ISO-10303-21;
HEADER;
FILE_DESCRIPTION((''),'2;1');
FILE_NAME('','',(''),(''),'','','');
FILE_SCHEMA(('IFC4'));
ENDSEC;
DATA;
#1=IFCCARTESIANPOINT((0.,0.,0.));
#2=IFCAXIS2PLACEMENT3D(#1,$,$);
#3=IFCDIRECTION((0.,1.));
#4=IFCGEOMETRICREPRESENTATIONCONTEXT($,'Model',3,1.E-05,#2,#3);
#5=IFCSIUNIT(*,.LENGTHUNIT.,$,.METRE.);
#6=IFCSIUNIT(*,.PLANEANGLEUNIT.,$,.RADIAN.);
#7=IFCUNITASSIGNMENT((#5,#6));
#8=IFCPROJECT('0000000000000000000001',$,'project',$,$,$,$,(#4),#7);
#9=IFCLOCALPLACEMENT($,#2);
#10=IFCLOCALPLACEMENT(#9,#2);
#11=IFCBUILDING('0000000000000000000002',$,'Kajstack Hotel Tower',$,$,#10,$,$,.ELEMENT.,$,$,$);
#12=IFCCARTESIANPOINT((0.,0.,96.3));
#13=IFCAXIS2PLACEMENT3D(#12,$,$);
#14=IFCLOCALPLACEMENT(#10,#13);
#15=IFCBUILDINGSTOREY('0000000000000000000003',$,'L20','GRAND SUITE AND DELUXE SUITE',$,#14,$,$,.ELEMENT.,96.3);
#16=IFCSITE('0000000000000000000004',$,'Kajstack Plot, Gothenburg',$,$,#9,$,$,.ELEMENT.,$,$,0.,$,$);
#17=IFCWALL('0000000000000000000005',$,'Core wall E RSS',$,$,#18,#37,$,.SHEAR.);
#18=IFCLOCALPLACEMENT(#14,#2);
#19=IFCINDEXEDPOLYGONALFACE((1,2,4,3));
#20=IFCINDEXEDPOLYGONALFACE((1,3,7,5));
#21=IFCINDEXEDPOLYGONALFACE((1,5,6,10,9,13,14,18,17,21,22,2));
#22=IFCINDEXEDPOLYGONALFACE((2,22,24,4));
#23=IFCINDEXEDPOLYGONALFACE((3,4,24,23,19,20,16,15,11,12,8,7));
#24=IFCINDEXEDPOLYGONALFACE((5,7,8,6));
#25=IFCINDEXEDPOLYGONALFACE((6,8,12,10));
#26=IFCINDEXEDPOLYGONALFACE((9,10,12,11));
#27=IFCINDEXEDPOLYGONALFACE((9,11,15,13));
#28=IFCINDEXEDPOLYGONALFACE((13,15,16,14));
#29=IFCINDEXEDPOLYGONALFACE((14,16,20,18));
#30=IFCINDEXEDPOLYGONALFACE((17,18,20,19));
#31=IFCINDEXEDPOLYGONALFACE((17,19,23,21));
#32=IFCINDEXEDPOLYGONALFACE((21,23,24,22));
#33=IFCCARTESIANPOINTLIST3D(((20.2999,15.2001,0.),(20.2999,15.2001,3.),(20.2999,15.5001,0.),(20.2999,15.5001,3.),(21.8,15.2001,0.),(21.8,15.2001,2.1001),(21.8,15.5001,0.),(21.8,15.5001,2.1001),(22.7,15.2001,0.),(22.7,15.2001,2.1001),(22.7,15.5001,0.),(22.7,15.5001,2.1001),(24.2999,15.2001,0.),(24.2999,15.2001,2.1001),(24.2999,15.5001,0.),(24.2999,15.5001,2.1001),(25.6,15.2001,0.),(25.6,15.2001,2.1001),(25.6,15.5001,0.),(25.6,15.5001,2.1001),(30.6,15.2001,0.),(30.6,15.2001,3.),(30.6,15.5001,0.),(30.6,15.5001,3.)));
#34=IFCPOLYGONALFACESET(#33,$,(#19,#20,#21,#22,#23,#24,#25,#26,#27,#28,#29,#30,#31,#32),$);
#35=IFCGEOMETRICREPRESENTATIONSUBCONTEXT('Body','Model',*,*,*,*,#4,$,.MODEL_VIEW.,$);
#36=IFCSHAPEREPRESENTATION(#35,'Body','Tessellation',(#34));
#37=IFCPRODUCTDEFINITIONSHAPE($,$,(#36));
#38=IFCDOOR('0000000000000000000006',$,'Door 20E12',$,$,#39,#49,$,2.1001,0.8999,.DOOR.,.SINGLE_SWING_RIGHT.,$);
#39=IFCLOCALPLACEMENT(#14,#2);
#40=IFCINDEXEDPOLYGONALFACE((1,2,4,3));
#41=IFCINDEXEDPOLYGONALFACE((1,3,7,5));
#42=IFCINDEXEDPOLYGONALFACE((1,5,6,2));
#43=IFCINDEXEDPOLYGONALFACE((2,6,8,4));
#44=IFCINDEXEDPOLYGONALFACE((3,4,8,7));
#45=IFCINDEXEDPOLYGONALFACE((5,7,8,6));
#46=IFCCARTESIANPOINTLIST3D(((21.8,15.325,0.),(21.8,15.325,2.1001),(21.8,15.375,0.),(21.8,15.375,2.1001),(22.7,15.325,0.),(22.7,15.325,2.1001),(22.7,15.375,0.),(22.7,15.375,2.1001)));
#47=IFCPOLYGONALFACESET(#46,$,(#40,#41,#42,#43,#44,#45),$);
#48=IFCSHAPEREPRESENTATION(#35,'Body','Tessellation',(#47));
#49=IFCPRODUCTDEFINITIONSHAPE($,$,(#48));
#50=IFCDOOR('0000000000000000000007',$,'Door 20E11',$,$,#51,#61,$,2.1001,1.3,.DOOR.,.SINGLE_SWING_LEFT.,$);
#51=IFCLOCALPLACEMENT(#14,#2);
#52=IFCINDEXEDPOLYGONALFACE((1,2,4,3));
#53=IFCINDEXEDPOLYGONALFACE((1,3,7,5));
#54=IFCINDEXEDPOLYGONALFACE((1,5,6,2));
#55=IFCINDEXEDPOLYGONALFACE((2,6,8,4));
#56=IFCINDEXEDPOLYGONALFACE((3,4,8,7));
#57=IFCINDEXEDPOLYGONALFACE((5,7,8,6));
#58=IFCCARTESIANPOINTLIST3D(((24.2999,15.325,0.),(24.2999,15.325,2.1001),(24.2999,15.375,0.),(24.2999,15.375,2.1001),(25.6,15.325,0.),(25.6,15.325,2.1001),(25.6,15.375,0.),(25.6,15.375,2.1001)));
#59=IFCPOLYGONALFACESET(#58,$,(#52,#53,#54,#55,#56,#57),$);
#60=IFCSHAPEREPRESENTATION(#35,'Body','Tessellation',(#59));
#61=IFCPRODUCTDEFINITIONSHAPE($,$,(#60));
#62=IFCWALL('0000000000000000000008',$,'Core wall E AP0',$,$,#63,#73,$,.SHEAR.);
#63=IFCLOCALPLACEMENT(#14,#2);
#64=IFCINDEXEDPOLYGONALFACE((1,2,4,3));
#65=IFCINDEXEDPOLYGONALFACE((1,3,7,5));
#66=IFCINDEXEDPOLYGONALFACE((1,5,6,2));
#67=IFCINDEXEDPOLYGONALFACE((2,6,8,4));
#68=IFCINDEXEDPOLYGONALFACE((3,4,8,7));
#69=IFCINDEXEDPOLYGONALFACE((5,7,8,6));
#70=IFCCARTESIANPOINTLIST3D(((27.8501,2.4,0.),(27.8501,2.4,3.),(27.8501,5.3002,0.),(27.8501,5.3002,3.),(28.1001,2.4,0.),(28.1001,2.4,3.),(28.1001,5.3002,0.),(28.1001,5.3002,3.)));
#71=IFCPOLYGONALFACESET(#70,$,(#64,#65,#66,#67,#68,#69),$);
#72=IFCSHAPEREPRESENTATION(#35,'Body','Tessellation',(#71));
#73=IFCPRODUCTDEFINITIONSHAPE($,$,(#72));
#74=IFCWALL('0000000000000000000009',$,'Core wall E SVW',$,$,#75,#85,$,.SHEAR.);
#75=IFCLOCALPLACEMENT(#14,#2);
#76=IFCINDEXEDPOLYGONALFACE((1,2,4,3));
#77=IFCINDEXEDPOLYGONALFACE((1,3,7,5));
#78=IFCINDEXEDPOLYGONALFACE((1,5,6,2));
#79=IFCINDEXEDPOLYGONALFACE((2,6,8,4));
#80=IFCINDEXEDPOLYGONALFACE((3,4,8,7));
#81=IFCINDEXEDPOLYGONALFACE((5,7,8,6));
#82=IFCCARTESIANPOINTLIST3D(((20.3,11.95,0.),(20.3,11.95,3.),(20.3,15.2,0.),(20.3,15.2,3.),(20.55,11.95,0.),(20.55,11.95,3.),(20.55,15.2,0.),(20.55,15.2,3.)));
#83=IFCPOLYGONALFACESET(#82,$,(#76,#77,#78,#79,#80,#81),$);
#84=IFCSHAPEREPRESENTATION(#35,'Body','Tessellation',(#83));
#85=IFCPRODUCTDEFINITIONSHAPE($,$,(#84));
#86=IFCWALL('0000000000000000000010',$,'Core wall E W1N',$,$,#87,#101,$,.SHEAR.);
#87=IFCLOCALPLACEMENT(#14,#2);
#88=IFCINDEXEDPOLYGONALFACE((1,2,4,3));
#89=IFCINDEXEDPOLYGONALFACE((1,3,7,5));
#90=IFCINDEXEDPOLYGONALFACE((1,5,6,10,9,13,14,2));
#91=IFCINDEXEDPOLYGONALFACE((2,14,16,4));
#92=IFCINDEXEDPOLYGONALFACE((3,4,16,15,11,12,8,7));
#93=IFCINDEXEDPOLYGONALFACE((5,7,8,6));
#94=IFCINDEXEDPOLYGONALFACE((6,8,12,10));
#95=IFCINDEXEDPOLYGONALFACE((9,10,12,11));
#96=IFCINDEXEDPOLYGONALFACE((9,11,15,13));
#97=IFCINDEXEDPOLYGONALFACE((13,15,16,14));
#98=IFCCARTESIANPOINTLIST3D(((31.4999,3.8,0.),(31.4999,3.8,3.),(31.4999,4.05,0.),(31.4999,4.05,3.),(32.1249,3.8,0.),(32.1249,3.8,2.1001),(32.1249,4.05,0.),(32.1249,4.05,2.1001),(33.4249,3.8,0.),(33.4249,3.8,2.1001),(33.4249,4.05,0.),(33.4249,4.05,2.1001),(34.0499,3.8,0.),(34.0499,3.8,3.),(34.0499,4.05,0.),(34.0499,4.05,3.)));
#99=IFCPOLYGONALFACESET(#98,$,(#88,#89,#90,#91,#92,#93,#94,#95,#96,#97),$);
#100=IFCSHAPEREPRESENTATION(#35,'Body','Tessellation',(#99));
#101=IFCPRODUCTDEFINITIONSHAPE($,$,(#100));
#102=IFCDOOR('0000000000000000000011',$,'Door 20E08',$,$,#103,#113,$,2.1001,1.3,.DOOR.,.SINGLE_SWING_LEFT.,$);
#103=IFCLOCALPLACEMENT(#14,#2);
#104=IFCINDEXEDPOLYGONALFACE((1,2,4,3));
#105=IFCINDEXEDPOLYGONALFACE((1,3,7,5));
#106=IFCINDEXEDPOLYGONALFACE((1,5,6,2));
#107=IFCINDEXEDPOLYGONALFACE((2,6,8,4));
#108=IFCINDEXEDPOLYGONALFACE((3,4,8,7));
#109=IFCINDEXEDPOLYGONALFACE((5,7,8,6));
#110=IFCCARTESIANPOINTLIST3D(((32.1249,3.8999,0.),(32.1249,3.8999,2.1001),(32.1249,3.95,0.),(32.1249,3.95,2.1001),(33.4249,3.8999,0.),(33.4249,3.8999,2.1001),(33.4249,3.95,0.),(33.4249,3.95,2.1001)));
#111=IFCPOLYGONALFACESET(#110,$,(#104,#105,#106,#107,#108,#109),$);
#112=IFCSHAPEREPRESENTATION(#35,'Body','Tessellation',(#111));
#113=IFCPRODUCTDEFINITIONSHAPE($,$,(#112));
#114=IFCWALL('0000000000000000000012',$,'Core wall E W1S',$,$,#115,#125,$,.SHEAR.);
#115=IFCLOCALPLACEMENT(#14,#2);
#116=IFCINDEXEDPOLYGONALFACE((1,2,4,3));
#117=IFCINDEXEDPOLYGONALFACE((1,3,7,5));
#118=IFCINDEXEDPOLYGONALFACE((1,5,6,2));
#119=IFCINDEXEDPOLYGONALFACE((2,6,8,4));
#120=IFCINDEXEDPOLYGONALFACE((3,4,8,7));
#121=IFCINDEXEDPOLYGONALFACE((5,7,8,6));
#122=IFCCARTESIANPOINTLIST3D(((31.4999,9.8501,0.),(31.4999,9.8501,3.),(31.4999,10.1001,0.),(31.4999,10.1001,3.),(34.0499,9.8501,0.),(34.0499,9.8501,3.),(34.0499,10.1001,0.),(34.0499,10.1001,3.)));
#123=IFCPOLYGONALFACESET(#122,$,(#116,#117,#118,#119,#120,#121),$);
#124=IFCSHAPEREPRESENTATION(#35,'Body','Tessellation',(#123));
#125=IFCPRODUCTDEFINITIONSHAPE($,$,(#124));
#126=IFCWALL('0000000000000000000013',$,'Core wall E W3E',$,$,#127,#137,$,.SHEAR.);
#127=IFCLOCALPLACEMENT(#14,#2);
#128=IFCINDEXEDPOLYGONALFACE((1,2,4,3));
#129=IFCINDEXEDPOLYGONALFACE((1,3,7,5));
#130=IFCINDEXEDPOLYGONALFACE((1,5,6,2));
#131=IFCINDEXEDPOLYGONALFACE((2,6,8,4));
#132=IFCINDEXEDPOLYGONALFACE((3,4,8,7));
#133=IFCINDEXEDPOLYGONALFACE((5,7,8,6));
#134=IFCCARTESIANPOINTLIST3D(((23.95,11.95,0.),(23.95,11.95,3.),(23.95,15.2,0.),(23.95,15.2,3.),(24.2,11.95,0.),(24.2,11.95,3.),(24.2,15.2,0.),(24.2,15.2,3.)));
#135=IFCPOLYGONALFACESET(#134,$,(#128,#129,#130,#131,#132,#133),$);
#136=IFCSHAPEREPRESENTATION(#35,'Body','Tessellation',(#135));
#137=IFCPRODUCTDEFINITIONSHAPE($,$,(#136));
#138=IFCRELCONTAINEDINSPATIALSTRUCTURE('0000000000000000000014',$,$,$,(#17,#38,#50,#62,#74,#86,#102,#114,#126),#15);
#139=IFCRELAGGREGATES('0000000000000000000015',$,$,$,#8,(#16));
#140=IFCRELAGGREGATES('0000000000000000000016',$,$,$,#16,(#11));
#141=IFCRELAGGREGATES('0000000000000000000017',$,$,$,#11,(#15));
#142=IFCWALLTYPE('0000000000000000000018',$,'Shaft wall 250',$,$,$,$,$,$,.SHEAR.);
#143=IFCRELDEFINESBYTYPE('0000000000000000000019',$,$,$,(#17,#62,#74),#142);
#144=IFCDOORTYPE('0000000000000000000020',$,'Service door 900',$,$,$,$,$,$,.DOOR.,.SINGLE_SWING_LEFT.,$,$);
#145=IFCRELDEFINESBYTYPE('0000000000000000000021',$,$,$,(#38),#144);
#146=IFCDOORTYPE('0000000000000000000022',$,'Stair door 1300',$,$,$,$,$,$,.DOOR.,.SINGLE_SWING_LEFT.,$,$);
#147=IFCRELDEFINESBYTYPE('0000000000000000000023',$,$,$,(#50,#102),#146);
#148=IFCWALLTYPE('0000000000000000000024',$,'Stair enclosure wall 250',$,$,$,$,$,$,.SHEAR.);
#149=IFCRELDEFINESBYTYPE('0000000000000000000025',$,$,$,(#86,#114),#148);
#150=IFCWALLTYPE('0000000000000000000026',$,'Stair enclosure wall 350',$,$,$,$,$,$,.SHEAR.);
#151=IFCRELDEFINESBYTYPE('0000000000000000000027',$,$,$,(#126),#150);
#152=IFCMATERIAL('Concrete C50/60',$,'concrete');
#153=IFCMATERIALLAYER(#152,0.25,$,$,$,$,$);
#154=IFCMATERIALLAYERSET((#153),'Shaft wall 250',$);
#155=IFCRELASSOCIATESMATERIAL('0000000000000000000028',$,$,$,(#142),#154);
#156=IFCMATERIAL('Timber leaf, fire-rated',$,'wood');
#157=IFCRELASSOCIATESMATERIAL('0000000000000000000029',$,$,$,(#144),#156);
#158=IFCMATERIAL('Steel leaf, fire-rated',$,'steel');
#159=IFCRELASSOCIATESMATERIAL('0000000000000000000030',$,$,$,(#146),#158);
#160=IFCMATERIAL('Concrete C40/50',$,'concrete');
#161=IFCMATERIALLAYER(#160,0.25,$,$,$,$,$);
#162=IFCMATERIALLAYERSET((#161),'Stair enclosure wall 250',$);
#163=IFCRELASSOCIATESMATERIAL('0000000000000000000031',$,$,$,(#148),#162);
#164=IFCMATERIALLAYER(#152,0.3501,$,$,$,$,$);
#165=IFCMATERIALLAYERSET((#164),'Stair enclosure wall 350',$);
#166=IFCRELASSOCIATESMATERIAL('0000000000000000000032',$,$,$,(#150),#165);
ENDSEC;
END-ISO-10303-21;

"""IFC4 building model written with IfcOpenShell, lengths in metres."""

from ifc_helpers import new_model, si_unit, direction, frame, frame_2d, origin, place, context, subcontext, project, spatial, rectangle, extrude, material, layer, layer_set, type_object, element, fill, save


model = new_model("IFC4")

# Units and contexts
model_context = context("Model", 3, precision=1e-05, world=origin(), true_north=direction((0.0, 1.0)))
body_context = subcontext(model_context, "Body", "Model", "MODEL_VIEW")
ifc_project = project(units=[si_unit("LENGTHUNIT", "METRE"), si_unit("PLANEANGLEUNIT", "RADIAN")], contexts=[model_context])

# Site, building, storey
site_placement = place(None, origin())
site = spatial("IfcSite", under=ifc_project, at=site_placement, Name="Kajstack Plot, Gothenburg", CompositionType="ELEMENT", RefElevation=0.0)
building_placement = place(site_placement, origin())
building = spatial("IfcBuilding", under=site, at=building_placement, Name="Kajstack Hotel Tower", CompositionType="ELEMENT")
storey_placement = place(building_placement, frame((0.0, 0.0, 96.3)))
storey = spatial("IfcBuildingStorey", under=building, at=storey_placement, Name="L20", Description="GRAND SUITE AND DELUXE SUITE", CompositionType="ELEMENT", Elevation=96.3)

# Shared definitions
ifc_material_1 = material(Name="Concrete C40/50", Category="concrete")
ifc_material_2 = material(Name="Concrete C50/60", Category="concrete")

# Wall, openings, doors
ifc_layer_1 = layer(ifc_material_2, 0.25)
ifc_layer_set_1 = layer_set([ifc_layer_1], Name="Shaft wall 250")
wall_type_1 = type_object("IfcWallType", Name="Shaft wall 250", PredefinedType="SHEAR", material=ifc_layer_set_1)
wall_1_placement = place(storey_placement, frame((20.3, 15.3501, 0.0), z_axis=(0.0, 0.0, 1.0), x_axis=(1.0, 0.0, 0.0)))
wall_1 = element("IfcWall", 1, at=wall_1_placement, inside=storey, type_object=wall_type_1, Name="Core wall E RSS", PredefinedType="SHEAR", context=body_context, shape_type="SweptSolid", body=[
    extrude(rectangle(XDim=10.3, YDim=0.3, at=frame_2d((5.1499, 0.0))), origin(), (0.0, 0.0, 1.0), 3.0),
])
opening_1_placement = place(wall_1_placement, frame((4.0, 0.0, 0.0)))
opening_1 = element("IfcOpeningElement", 2, at=opening_1_placement, cuts=wall_1, PredefinedType="OPENING", context=body_context, shape_type="SweptSolid", body=[
    extrude(rectangle(XDim=1.3, YDim=2.1001, at=frame_2d((0.6499, 1.05))), frame((0.0, 0.1599, 0.0), z_axis=(0.0, -1.0, 0.0), x_axis=(1.0, 0.0, 0.0)), (0.0, 0.0, 1.0), 0.3201),
])
opening_2_placement = place(wall_1_placement, frame((1.5, 0.0, 0.0)))
opening_2 = element("IfcOpeningElement", 3, at=opening_2_placement, cuts=wall_1, PredefinedType="OPENING", context=body_context, shape_type="SweptSolid", body=[
    extrude(rectangle(XDim=0.8999, YDim=2.1001, at=frame_2d((0.45, 1.05))), frame((0.0, 0.1599, 0.0), z_axis=(0.0, -1.0, 0.0), x_axis=(1.0, 0.0, 0.0)), (0.0, 0.0, 1.0), 0.3201),
])
ifc_material_3 = material(Name="Timber leaf, fire-rated", Category="wood")
door_type_1 = type_object("IfcDoorType", Name="Service door 900", OperationType="SINGLE_SWING_LEFT", PredefinedType="DOOR", material=ifc_material_3)
door_1_placement = place(opening_2_placement, origin())
door_1 = element("IfcDoor", 4, at=door_1_placement, inside=storey, type_object=door_type_1, Name="Door 20E12", OperationType="SINGLE_SWING_RIGHT", OverallHeight=2.1001, OverallWidth=0.8999, PredefinedType="DOOR", context=body_context, shape_type="SweptSolid", body=[
    extrude(rectangle(XDim=0.8999, YDim=2.1001, at=frame_2d((0.45, 1.05))), frame((0.0, 0.0249, 0.0), z_axis=(0.0, -1.0, 0.0), x_axis=(1.0, 0.0, 0.0)), (0.0, 0.0, 1.0), 0.05),
])
fill(opening_2, door_1)
ifc_material_4 = material(Name="Steel leaf, fire-rated", Category="steel")
door_type_2 = type_object("IfcDoorType", Name="Stair door 1300", OperationType="SINGLE_SWING_LEFT", PredefinedType="DOOR", material=ifc_material_4)
door_2_placement = place(opening_1_placement, origin())
door_2 = element("IfcDoor", 5, at=door_2_placement, inside=storey, type_object=door_type_2, Name="Door 20E11", OperationType="SINGLE_SWING_LEFT", OverallHeight=2.1001, OverallWidth=1.3, PredefinedType="DOOR", context=body_context, shape_type="SweptSolid", body=[
    extrude(rectangle(XDim=1.3, YDim=2.1001, at=frame_2d((0.6499, 1.05))), frame((0.0, 0.0249, 0.0), z_axis=(0.0, -1.0, 0.0), x_axis=(1.0, 0.0, 0.0)), (0.0, 0.0, 1.0), 0.05),
])
fill(opening_1, door_2)

# Walls
wall_2_placement = place(storey_placement, frame((27.9751, 2.3999, 0.0), z_axis=(0.0, 0.0, 1.0), x_axis=(0.0, 1.0, 0.0)))
element("IfcWall", 6, at=wall_2_placement, inside=storey, type_object=wall_type_1, Name="Core wall E AP0", PredefinedType="SHEAR", context=body_context, shape_type="SweptSolid", body=[
    extrude(rectangle(XDim=2.9001, YDim=0.25, at=frame_2d((1.4502, 0.0))), origin(), (0.0, 0.0, 1.0), 3.0),
])
wall_3_placement = place(storey_placement, frame((20.425, 11.95, 0.0), z_axis=(0.0, 0.0, 1.0), x_axis=(0.0, 1.0, 0.0)))
element("IfcWall", 7, at=wall_3_placement, inside=storey, type_object=wall_type_1, Name="Core wall E SVW", PredefinedType="SHEAR", context=body_context, shape_type="SweptSolid", body=[
    extrude(rectangle(XDim=3.25, YDim=0.25, at=frame_2d((1.625, 0.0))), origin(), (0.0, 0.0, 1.0), 3.0),
])

# Wall, opening, door
ifc_layer_2 = layer(ifc_material_1, 0.25)
ifc_layer_set_2 = layer_set([ifc_layer_2], Name="Stair enclosure wall 250")
wall_type_2 = type_object("IfcWallType", Name="Stair enclosure wall 250", PredefinedType="SHEAR", material=ifc_layer_set_2)
wall_4_placement = place(storey_placement, frame((31.5, 3.925, 0.0), z_axis=(0.0, 0.0, 1.0), x_axis=(1.0, 0.0, 0.0)))
wall_4 = element("IfcWall", 8, at=wall_4_placement, inside=storey, type_object=wall_type_2, Name="Core wall E W1N", PredefinedType="SHEAR", context=body_context, shape_type="SweptSolid", body=[
    extrude(rectangle(XDim=2.55, YDim=0.25, at=frame_2d((1.2749, 0.0))), origin(), (0.0, 0.0, 1.0), 3.0),
])
opening_3_placement = place(wall_4_placement, frame((0.625, 0.0, 0.0)))
opening_3 = element("IfcOpeningElement", 9, at=opening_3_placement, cuts=wall_4, PredefinedType="OPENING", context=body_context, shape_type="SweptSolid", body=[
    extrude(rectangle(XDim=1.3, YDim=2.1001, at=frame_2d((0.6499, 1.05))), frame((0.0, 0.135, 0.0), z_axis=(0.0, -1.0, 0.0), x_axis=(1.0, 0.0, 0.0)), (0.0, 0.0, 1.0), 0.27),
])
door_3_placement = place(opening_3_placement, origin())
door_3 = element("IfcDoor", 10, at=door_3_placement, inside=storey, type_object=door_type_2, Name="Door 20E08", OperationType="SINGLE_SWING_LEFT", OverallHeight=2.1001, OverallWidth=1.3, PredefinedType="DOOR", context=body_context, shape_type="SweptSolid", body=[
    extrude(rectangle(XDim=1.3, YDim=2.1001, at=frame_2d((0.6499, 1.05))), frame((0.0, 0.0249, 0.0), z_axis=(0.0, -1.0, 0.0), x_axis=(1.0, 0.0, 0.0)), (0.0, 0.0, 1.0), 0.05),
])
fill(opening_3, door_3)

# Walls
wall_5_placement = place(storey_placement, frame((31.5, 9.9751, 0.0), z_axis=(0.0, 0.0, 1.0), x_axis=(1.0, 0.0, 0.0)))
element("IfcWall", 11, at=wall_5_placement, inside=storey, type_object=wall_type_2, Name="Core wall E W1S", PredefinedType="SHEAR", context=body_context, shape_type="SweptSolid", body=[
    extrude(rectangle(XDim=2.55, YDim=0.25, at=frame_2d((1.2749, 0.0))), origin(), (0.0, 0.0, 1.0), 3.0),
])
ifc_layer_3 = layer(ifc_material_2, 0.3501)
ifc_layer_set_3 = layer_set([ifc_layer_3], Name="Stair enclosure wall 350")
wall_type_3 = type_object("IfcWallType", Name="Stair enclosure wall 350", PredefinedType="SHEAR", material=ifc_layer_set_3)
wall_6_placement = place(storey_placement, frame((24.075, 11.95, 0.0), z_axis=(0.0, 0.0, 1.0), x_axis=(0.0, 1.0, 0.0)))
element("IfcWall", 12, at=wall_6_placement, inside=storey, type_object=wall_type_3, Name="Core wall E W3E", PredefinedType="SHEAR", context=body_context, shape_type="SweptSolid", body=[
    extrude(rectangle(XDim=3.25, YDim=0.25, at=frame_2d((1.625, 0.0))), origin(), (0.0, 0.0, 1.0), 3.0),
])

save(model, "model.ifc")
